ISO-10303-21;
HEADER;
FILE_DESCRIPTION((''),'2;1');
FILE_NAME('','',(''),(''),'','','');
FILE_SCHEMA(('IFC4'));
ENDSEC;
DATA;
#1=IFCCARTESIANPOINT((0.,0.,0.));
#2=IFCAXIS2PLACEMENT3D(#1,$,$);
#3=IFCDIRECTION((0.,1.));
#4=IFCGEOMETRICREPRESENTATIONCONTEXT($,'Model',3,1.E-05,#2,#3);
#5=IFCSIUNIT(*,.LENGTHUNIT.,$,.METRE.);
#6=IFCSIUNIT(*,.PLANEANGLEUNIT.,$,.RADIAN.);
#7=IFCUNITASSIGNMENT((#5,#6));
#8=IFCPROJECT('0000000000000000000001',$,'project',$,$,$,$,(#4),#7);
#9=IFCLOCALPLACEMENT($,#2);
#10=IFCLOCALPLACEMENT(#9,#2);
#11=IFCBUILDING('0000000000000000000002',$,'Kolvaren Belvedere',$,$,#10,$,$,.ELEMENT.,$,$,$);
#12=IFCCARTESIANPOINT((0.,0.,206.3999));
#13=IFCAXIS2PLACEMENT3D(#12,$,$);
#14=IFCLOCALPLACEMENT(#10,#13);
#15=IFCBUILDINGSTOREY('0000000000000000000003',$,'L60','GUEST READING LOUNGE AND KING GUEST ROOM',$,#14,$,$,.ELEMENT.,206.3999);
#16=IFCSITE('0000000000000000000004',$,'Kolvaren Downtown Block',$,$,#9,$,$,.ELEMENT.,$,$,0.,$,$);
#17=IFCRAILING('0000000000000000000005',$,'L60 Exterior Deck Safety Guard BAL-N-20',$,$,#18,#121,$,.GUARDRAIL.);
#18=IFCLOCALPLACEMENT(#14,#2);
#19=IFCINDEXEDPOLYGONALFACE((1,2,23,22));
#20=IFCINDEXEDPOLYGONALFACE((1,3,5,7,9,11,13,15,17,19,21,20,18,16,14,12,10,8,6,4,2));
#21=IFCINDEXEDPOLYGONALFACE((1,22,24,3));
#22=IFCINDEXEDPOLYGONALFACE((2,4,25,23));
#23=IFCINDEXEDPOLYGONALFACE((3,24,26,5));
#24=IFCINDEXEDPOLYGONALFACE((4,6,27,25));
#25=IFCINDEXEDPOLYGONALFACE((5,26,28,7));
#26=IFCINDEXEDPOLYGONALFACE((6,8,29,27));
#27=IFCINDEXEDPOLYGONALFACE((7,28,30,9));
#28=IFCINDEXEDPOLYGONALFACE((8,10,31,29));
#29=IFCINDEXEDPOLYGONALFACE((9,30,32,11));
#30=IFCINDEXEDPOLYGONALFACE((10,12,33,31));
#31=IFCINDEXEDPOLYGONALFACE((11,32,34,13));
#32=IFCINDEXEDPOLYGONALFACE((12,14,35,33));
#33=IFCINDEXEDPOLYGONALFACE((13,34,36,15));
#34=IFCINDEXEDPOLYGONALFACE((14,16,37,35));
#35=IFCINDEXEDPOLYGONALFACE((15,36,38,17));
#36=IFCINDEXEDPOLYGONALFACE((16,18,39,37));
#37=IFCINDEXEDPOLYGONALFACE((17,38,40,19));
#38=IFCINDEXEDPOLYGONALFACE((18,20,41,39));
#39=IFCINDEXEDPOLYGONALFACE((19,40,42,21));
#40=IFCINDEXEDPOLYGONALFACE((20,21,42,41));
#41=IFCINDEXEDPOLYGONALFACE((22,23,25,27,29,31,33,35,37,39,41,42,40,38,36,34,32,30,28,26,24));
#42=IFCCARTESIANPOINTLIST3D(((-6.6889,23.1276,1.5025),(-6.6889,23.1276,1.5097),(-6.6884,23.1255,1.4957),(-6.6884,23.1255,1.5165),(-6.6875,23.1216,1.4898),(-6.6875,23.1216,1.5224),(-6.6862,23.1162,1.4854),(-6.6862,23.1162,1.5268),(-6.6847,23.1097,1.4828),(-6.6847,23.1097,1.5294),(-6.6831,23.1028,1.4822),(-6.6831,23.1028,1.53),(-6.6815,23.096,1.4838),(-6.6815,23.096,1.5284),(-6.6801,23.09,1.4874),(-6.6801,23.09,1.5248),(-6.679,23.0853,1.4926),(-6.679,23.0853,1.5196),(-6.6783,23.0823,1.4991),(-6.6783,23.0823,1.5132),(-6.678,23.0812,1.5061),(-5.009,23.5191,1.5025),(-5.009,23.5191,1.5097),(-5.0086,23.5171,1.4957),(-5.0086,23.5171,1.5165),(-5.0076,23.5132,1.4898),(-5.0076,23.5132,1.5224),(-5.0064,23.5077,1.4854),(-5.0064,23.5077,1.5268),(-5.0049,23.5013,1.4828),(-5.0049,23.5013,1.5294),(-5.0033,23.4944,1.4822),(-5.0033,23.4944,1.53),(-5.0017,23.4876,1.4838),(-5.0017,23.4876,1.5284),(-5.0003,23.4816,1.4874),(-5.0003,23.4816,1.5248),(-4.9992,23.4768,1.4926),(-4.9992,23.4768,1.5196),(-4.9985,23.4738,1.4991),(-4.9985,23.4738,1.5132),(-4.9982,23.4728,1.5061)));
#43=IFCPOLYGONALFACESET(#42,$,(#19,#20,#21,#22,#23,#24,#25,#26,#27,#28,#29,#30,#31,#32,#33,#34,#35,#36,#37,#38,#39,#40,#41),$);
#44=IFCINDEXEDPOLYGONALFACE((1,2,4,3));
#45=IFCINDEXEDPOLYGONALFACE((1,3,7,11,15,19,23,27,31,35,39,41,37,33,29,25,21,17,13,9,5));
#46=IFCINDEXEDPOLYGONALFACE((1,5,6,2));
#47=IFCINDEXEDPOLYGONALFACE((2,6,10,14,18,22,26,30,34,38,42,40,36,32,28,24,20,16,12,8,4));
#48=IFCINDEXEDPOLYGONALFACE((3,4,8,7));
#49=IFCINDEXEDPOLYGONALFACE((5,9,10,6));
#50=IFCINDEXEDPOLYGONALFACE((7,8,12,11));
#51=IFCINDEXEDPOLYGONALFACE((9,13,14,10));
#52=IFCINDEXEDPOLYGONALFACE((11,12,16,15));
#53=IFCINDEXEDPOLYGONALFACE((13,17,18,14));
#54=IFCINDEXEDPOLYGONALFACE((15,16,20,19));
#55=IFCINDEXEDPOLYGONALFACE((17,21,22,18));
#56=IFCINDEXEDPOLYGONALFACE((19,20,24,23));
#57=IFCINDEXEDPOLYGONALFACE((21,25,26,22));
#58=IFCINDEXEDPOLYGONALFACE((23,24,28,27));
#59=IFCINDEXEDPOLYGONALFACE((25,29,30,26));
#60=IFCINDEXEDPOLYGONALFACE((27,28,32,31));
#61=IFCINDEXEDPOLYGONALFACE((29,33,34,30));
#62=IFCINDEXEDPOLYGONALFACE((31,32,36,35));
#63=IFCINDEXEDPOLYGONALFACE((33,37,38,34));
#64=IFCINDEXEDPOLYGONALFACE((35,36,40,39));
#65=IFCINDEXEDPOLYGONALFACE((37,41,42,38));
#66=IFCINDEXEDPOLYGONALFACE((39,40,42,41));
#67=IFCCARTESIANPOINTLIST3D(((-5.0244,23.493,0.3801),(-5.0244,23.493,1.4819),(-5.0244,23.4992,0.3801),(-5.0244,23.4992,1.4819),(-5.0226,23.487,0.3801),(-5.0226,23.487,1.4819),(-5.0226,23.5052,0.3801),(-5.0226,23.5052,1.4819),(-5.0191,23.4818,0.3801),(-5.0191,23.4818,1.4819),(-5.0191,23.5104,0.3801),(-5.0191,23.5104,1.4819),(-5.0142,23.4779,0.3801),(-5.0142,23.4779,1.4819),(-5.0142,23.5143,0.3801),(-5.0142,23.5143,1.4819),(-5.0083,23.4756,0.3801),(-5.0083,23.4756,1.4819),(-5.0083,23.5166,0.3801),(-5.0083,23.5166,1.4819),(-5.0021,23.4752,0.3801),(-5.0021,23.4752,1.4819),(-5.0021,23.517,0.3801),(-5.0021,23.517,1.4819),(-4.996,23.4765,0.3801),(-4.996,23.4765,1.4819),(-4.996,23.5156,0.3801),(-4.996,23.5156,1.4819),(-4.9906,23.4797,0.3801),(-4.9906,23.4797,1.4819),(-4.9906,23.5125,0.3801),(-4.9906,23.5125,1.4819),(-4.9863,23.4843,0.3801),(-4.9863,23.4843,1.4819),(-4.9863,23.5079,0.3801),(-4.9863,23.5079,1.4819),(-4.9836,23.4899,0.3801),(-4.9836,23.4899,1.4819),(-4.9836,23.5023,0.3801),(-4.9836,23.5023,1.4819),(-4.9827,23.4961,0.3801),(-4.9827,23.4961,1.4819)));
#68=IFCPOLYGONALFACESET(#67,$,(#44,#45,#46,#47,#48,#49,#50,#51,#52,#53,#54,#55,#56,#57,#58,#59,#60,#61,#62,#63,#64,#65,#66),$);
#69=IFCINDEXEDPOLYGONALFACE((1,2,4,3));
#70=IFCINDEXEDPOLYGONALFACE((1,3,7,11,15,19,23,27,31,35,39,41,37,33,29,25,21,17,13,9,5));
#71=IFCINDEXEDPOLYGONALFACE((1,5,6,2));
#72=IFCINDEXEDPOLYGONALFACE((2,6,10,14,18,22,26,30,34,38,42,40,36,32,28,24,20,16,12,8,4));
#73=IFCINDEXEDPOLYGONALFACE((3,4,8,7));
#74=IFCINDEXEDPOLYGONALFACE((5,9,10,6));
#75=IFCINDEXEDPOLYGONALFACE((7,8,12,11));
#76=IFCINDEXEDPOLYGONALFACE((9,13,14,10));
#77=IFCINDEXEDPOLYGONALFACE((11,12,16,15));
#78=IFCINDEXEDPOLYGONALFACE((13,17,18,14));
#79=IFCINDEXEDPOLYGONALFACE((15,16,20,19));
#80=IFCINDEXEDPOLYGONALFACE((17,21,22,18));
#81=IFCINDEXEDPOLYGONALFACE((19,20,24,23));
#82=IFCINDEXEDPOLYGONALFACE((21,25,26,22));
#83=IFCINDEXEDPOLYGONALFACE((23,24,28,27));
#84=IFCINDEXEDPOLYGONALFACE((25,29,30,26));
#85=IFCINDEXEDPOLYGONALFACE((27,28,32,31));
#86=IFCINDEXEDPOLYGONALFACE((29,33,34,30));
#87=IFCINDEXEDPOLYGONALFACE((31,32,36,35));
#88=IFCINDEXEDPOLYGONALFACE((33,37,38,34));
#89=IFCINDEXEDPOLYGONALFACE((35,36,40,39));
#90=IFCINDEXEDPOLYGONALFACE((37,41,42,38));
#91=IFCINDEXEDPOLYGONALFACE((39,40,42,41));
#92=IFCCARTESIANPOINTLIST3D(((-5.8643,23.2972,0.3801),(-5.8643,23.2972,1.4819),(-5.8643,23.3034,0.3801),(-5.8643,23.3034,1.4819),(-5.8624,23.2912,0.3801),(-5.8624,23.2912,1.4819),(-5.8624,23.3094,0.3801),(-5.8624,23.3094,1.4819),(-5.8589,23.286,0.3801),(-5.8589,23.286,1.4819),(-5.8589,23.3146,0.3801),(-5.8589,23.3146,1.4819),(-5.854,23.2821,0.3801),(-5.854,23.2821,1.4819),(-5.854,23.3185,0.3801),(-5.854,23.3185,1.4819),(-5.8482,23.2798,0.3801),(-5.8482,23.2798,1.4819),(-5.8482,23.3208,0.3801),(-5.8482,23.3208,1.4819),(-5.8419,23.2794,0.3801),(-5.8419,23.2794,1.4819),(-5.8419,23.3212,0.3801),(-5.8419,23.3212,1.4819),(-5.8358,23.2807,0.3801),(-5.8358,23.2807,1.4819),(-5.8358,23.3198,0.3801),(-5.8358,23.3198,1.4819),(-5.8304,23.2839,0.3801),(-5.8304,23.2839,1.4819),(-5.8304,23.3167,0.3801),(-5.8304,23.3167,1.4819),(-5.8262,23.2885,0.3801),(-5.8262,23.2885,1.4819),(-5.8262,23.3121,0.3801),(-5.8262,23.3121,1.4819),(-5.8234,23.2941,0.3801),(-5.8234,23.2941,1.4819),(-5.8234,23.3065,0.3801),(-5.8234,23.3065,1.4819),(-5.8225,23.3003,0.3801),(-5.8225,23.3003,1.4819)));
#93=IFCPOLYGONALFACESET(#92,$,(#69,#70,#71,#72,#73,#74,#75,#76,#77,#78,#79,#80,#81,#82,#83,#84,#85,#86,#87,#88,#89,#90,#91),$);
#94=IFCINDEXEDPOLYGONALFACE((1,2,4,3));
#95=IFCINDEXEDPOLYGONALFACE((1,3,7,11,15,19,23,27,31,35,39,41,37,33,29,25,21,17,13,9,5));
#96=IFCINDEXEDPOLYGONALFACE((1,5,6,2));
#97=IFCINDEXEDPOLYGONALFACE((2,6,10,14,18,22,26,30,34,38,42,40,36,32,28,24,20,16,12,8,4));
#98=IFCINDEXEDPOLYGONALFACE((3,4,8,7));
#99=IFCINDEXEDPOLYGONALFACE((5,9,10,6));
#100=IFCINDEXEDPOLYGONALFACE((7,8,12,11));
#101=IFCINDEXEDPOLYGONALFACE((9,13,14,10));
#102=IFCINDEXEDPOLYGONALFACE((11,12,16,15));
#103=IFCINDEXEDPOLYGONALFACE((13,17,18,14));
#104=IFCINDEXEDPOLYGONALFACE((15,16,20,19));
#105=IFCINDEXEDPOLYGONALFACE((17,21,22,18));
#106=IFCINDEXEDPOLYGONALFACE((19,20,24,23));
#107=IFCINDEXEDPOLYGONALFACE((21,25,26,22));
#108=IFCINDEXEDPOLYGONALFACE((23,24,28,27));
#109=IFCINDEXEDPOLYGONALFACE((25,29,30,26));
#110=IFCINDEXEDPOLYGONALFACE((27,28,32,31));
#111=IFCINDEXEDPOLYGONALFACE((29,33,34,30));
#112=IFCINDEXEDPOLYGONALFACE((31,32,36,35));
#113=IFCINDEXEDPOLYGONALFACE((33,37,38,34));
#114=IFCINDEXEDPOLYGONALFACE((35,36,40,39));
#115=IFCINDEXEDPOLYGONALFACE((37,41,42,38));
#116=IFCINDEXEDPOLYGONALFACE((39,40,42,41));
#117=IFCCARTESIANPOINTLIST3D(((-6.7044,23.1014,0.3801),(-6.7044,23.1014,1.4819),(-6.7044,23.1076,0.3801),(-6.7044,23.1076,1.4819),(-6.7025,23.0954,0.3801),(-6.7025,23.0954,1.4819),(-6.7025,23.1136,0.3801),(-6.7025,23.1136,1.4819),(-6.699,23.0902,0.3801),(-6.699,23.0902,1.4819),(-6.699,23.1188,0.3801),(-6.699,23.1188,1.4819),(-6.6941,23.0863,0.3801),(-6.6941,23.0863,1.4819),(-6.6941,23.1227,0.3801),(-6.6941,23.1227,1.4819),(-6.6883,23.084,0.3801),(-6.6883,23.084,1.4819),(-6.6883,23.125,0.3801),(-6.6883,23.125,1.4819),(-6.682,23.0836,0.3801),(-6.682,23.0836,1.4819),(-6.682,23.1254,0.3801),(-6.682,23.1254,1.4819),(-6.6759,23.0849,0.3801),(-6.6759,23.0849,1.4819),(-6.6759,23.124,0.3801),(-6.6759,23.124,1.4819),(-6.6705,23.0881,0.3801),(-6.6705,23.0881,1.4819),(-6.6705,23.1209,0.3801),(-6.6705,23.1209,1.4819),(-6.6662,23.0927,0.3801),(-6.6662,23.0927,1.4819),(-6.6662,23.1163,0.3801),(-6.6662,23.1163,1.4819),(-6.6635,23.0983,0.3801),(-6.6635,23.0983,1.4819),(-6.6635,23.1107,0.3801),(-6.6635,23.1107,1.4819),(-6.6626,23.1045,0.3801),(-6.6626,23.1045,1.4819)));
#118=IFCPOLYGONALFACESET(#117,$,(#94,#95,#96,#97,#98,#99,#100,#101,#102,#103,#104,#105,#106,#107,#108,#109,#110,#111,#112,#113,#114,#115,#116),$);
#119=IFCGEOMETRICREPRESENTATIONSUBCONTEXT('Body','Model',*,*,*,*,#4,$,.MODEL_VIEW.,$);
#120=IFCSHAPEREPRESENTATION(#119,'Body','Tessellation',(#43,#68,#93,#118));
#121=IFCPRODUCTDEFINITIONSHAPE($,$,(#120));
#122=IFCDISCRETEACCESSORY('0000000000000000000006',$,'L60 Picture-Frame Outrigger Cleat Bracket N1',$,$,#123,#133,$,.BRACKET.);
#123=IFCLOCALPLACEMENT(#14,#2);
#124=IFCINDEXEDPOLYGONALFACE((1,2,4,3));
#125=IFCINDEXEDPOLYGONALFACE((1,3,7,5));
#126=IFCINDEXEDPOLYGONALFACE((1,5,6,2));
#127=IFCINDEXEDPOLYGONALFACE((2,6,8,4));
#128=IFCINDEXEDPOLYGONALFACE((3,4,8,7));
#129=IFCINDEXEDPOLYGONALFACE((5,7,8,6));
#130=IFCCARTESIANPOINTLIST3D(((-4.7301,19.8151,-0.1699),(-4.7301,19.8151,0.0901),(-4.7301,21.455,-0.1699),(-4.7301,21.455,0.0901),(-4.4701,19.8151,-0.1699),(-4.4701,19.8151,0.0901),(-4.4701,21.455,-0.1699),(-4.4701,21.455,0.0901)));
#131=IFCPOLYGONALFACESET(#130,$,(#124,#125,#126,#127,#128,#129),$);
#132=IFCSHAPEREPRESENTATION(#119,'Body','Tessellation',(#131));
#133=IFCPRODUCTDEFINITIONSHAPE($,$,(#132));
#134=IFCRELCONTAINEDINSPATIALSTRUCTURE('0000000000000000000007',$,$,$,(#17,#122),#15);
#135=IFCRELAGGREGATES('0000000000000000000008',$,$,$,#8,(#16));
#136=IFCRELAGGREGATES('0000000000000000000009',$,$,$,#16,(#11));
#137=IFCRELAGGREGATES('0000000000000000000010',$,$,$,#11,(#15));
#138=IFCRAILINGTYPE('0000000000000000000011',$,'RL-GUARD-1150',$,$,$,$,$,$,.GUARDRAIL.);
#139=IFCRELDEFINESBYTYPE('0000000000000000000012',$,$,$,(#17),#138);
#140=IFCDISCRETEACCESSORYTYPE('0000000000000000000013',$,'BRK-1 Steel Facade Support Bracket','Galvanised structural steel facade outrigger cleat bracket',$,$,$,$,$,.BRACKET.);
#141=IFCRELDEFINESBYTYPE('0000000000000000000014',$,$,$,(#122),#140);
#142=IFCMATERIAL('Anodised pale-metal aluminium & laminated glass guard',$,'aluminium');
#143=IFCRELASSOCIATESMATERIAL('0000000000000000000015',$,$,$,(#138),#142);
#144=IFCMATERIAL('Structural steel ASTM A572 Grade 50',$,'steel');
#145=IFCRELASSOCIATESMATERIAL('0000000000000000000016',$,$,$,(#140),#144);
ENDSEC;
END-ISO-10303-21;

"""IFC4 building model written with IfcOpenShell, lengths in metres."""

from ifc_helpers import new_model, si_unit, direction, frame, origin, origin_2d, place, context, subcontext, project, spatial, rectangle, circle, extrude, material, type_object, element, save


model = new_model("IFC4")

# Units and contexts
model_context = context("Model", 3, precision=1e-05, world=origin(), true_north=direction((0.0, 1.0)))
body_context = subcontext(model_context, "Body", "Model", "MODEL_VIEW")
ifc_project = project(units=[si_unit("LENGTHUNIT", "METRE"), si_unit("PLANEANGLEUNIT", "RADIAN")], contexts=[model_context])

# Site, building, storey
site_placement = place(None, origin())
site = spatial("IfcSite", under=ifc_project, at=site_placement, Name="Kolvaren Downtown Block", CompositionType="ELEMENT", RefElevation=0.0)
building_placement = place(site_placement, origin())
building = spatial("IfcBuilding", under=site, at=building_placement, Name="Kolvaren Belvedere", CompositionType="ELEMENT")
storey_placement = place(building_placement, frame((0.0, 0.0, 206.3999)))
storey = spatial("IfcBuildingStorey", under=building, at=storey_placement, Name="L60", Description="GUEST READING LOUNGE AND KING GUEST ROOM", CompositionType="ELEMENT", Elevation=206.3999)

# Railing
ifc_material_1 = material(Name="Anodised pale-metal aluminium & laminated glass guard", Category="aluminium")
railing_type = type_object("IfcRailingType", Name="RL-GUARD-1150", PredefinedType="GUARDRAIL", material=ifc_material_1)
railing_1_placement = place(storey_placement, frame((-5.0037, 23.4961, 0.3801)))
element("IfcRailing", 1, at=railing_1_placement, inside=storey, type_object=railing_type, Name="L60 Exterior Deck Safety Guard BAL-N-20", PredefinedType="GUARDRAIL", context=body_context, shape_type="SweptSolid", body=[
    extrude(circle(Radius=0.0239, at=origin_2d()), frame((0.0, 0.0, 1.126), z_axis=(-0.97389, -0.227019, 0.0), x_axis=(0.227019, -0.97389, 0.0)), (0.0, 0.0, 1.0), 1.7249),
    extrude(circle(Radius=0.021, at=origin_2d()), origin(), (0.0, 0.0, 1.0), 1.1018),
    extrude(circle(Radius=0.021, at=origin_2d()), frame((-0.8398, -0.1958, 0.0)), (0.0, 0.0, 1.0), 1.1018),
    extrude(circle(Radius=0.021, at=origin_2d()), frame((-1.6799, -0.3916, 0.0)), (0.0, 0.0, 1.0), 1.1018),
])

# Discrete accessory
ifc_material_2 = material(Name="Structural steel ASTM A572 Grade 50", Category="steel")
discrete_accessory_type = type_object("IfcDiscreteAccessoryType", Name="BRK-1 Steel Facade Support Bracket", Description="Galvanised structural steel facade outrigger cleat bracket", PredefinedType="BRACKET", material=ifc_material_2)
discrete_accessory_placement = place(storey_placement, frame((-4.6001, 20.635, -0.1699), z_axis=(0.0, 0.0, 1.0), x_axis=(0.0, 1.0, 0.0)))
element("IfcDiscreteAccessory", 2, at=discrete_accessory_placement, inside=storey, type_object=discrete_accessory_type, Name="L60 Picture-Frame Outrigger Cleat Bracket N1", PredefinedType="BRACKET", context=body_context, shape_type="SweptSolid", body=[
    extrude(rectangle(XDim=1.6399, YDim=0.26, at=origin_2d()), origin(), (0.0, 0.0, 1.0), 0.26),
])

save(model, "model.ifc")
